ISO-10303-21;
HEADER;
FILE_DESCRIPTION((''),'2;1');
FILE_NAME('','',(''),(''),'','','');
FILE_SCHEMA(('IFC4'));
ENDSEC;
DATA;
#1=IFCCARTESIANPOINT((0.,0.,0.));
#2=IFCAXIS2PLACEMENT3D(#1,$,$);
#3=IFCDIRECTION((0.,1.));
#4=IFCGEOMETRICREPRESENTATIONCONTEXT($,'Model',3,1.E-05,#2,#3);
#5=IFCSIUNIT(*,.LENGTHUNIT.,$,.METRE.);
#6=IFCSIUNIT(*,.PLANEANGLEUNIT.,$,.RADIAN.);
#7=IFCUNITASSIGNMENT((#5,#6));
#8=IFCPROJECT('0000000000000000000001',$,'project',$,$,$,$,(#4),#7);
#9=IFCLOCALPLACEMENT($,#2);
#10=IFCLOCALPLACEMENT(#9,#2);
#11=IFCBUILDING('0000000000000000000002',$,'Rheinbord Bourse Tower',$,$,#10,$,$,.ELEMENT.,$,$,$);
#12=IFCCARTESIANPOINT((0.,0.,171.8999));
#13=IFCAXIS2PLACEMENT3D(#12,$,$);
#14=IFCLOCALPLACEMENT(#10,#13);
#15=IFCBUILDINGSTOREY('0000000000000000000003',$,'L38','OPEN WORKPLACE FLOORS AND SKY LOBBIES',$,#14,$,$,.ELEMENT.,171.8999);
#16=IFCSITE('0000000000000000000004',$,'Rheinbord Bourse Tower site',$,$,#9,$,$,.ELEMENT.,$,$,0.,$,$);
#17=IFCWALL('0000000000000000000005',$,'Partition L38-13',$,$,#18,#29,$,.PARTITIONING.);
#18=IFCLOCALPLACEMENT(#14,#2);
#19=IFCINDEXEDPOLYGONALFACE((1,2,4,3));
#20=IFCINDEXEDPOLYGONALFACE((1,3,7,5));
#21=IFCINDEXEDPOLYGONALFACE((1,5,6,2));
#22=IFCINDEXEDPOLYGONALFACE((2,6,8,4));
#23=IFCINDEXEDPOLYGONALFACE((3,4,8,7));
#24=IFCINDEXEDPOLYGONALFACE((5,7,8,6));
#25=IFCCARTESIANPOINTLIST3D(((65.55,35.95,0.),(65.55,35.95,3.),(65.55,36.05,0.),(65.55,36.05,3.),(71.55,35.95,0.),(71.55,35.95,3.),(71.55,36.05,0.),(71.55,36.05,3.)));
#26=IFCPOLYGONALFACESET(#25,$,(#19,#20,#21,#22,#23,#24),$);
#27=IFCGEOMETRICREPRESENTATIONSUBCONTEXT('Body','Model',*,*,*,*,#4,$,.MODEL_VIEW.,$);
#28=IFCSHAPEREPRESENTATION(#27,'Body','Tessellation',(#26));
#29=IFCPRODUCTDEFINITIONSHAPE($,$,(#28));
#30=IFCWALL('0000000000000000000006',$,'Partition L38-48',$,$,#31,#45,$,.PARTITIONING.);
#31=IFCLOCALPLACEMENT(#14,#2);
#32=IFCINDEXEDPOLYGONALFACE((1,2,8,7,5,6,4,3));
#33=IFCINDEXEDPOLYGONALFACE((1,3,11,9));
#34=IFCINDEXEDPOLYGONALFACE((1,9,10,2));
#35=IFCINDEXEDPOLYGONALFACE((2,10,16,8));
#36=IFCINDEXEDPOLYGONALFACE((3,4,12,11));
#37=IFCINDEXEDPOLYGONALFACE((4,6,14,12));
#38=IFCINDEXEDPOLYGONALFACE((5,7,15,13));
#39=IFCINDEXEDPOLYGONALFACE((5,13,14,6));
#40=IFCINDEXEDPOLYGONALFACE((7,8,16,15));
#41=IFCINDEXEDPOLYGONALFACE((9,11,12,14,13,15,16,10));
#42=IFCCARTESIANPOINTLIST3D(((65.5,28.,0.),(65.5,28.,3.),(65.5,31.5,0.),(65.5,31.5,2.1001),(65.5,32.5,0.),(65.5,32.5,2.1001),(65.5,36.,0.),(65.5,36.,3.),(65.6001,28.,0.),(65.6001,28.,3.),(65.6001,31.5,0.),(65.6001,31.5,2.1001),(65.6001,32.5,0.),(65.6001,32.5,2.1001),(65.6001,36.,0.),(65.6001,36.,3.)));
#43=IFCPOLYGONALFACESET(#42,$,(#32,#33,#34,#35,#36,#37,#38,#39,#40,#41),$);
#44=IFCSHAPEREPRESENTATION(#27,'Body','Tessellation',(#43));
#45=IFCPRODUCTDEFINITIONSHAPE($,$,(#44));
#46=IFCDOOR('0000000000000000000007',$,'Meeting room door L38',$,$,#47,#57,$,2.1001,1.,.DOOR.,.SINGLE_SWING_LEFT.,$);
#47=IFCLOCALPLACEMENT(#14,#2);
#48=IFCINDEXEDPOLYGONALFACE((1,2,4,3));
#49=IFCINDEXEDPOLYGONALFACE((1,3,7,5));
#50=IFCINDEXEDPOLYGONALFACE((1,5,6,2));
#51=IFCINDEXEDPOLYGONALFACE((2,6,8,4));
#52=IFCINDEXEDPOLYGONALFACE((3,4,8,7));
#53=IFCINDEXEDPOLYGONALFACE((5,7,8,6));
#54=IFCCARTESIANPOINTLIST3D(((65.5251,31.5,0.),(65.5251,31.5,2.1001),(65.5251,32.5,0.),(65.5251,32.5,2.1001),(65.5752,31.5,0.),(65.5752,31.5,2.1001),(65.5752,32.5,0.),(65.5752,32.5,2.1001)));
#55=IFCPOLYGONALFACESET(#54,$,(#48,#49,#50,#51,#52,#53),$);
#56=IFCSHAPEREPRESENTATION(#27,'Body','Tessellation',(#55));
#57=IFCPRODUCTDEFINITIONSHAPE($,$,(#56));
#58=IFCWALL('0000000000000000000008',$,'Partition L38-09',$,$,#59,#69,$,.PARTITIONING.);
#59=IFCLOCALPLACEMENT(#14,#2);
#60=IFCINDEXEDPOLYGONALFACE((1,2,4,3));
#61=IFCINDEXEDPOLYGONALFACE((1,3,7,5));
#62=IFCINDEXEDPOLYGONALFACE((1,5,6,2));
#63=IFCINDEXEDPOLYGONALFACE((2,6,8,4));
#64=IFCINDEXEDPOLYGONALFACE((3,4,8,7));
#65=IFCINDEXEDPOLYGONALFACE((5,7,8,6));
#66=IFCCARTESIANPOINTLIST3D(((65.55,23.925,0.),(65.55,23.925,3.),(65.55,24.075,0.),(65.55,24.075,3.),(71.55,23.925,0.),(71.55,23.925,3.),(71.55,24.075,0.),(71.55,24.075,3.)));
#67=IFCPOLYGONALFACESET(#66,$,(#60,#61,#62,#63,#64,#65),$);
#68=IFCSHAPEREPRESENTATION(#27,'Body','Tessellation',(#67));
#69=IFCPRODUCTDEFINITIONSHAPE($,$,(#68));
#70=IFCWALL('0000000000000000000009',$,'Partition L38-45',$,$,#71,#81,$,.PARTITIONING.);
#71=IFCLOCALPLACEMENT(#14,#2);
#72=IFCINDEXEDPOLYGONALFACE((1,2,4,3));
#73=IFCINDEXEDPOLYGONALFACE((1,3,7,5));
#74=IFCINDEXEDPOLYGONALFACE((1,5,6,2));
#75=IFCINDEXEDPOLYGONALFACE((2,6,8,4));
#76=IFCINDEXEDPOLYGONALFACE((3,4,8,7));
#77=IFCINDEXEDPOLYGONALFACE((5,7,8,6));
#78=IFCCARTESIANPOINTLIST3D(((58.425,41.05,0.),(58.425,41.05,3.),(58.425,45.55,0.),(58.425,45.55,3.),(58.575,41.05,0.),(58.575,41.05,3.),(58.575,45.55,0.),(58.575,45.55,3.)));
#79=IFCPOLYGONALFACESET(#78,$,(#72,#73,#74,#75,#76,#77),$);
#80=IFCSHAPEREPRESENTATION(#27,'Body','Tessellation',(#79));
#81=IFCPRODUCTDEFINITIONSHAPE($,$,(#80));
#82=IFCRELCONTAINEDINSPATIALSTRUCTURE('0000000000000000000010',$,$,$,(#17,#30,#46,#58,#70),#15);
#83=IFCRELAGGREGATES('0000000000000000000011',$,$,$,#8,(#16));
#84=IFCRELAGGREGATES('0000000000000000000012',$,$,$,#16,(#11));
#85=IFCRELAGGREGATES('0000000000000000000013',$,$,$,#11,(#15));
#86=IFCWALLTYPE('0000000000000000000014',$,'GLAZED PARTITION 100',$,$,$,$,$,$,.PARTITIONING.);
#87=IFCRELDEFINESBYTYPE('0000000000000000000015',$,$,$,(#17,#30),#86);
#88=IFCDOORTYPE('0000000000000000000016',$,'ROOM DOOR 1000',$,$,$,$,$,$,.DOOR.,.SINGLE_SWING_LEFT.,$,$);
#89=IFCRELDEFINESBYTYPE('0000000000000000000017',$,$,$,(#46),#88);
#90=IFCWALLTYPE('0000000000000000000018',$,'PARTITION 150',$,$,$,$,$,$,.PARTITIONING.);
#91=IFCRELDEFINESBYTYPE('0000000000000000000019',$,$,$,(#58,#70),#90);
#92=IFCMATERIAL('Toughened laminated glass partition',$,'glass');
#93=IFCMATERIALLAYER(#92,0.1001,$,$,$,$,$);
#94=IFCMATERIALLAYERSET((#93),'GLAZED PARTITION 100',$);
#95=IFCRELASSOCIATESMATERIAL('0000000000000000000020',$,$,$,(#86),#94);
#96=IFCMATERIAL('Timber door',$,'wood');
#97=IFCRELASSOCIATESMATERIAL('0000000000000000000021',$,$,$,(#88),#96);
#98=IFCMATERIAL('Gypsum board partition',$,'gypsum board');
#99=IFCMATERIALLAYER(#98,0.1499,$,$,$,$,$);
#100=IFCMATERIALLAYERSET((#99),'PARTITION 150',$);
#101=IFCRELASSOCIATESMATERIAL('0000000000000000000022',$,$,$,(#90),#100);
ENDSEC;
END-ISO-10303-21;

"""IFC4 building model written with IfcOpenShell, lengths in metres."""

from ifc_helpers import new_model, si_unit, direction, frame, frame_2d, origin, place, context, subcontext, project, spatial, rectangle, extrude, material, layer, layer_set, type_object, element, fill, save


model = new_model("IFC4")

# Units and contexts
model_context = context("Model", 3, precision=1e-05, world=origin(), true_north=direction((0.0, 1.0)))
body_context = subcontext(model_context, "Body", "Model", "MODEL_VIEW")
ifc_project = project(units=[si_unit("LENGTHUNIT", "METRE"), si_unit("PLANEANGLEUNIT", "RADIAN")], contexts=[model_context])

# Site, building, storey
site_placement = place(None, origin())
site = spatial("IfcSite", under=ifc_project, at=site_placement, Name="Rheinbord Bourse Tower site", CompositionType="ELEMENT", RefElevation=0.0)
building_placement = place(site_placement, origin())
building = spatial("IfcBuilding", under=site, at=building_placement, Name="Rheinbord Bourse Tower", CompositionType="ELEMENT")
storey_placement = place(building_placement, frame((0.0, 0.0, 171.8999)))
storey = spatial("IfcBuildingStorey", under=building, at=storey_placement, Name="L38", Description="OPEN WORKPLACE FLOORS AND SKY LOBBIES", CompositionType="ELEMENT", Elevation=171.8999)

# Wall
ifc_material_1 = material(Name="Toughened laminated glass partition", Category="glass")
ifc_layer_1 = layer(ifc_material_1, 0.1001)
ifc_layer_set_1 = layer_set([ifc_layer_1], Name="GLAZED PARTITION 100")
wall_type_1 = type_object("IfcWallType", Name="GLAZED PARTITION 100", PredefinedType="PARTITIONING", material=ifc_layer_set_1)
for number, where, z_axis, x_axis, name in (
    (1, (65.55, 36.0, 0.0), (0.0, 0.0, 1.0), (1.0, 0.0, 0.0), "Partition L38-13"),
):
    element("IfcWall", number, at=place(storey_placement, frame(where, z_axis=z_axis, x_axis=x_axis)), inside=storey, type_object=wall_type_1, Name=name, PredefinedType="PARTITIONING", context=body_context, shape_type="SweptSolid", body=[
        extrude(rectangle(XDim=6.0, YDim=0.1001, at=frame_2d((3.0, 0.0))), origin(), (0.0, 0.0, 1.0), 3.0),
    ])

# Wall, opening, door
wall_1_placement = place(storey_placement, frame((65.55, 28.0, 0.0), z_axis=(0.0, 0.0, 1.0), x_axis=(0.0, 1.0, 0.0)))
wall_1 = element("IfcWall", 2, at=wall_1_placement, inside=storey, type_object=wall_type_1, Name="Partition L38-48", PredefinedType="PARTITIONING", context=body_context, shape_type="SweptSolid", body=[
    extrude(rectangle(XDim=8.0, YDim=0.1001, at=frame_2d((4.0, 0.0))), origin(), (0.0, 0.0, 1.0), 3.0),
])
opening_placement = place(wall_1_placement, frame((3.5, 0.0, 0.0)))
opening = element("IfcOpeningElement", 3, at=opening_placement, cuts=wall_1, PredefinedType="OPENING", context=body_context, shape_type="SweptSolid", body=[
    extrude(rectangle(XDim=1.0, YDim=2.1001, at=frame_2d((0.5, 1.05))), frame((0.0, 0.0601, 0.0), z_axis=(0.0, -1.0, 0.0), x_axis=(1.0, 0.0, 0.0)), (0.0, 0.0, 1.0), 0.1201),
])
ifc_material_2 = material(Name="Timber door", Category="wood")
door_type = type_object("IfcDoorType", Name="ROOM DOOR 1000", OperationType="SINGLE_SWING_LEFT", PredefinedType="DOOR", material=ifc_material_2)
door_placement = place(opening_placement, origin())
door = element("IfcDoor", 4, at=door_placement, inside=storey, type_object=door_type, Name="Meeting room door L38", OperationType="SINGLE_SWING_LEFT", OverallHeight=2.1001, OverallWidth=1.0, PredefinedType="DOOR", context=body_context, shape_type="SweptSolid", body=[
    extrude(rectangle(XDim=1.0, YDim=2.1001, at=frame_2d((0.5, 1.05))), frame((0.0, 0.0249, 0.0), z_axis=(0.0, -1.0, 0.0), x_axis=(1.0, 0.0, 0.0)), (0.0, 0.0, 1.0), 0.05),
])
fill(opening, door)

# Walls
ifc_material_3 = material(Name="Gypsum board partition", Category="gypsum board")
ifc_layer_2 = layer(ifc_material_3, 0.1499)
ifc_layer_set_2 = layer_set([ifc_layer_2], Name="PARTITION 150")
wall_type_2 = type_object("IfcWallType", Name="PARTITION 150", PredefinedType="PARTITIONING", material=ifc_layer_set_2)
wall_2_placement = place(storey_placement, frame((65.55, 24.0, 0.0), z_axis=(0.0, 0.0, 1.0), x_axis=(1.0, 0.0, 0.0)))
element("IfcWall", 5, at=wall_2_placement, inside=storey, type_object=wall_type_2, Name="Partition L38-09", PredefinedType="PARTITIONING", context=body_context, shape_type="SweptSolid", body=[
    extrude(rectangle(XDim=6.0, YDim=0.1499, at=frame_2d((3.0, 0.0))), origin(), (0.0, 0.0, 1.0), 3.0),
])
wall_3_placement = place(storey_placement, frame((58.5, 41.05, 0.0), z_axis=(0.0, 0.0, 1.0), x_axis=(0.0, 1.0, 0.0)))
element("IfcWall", 6, at=wall_3_placement, inside=storey, type_object=wall_type_2, Name="Partition L38-45", PredefinedType="PARTITIONING", context=body_context, shape_type="SweptSolid", body=[
    extrude(rectangle(XDim=4.5, YDim=0.1499, at=frame_2d((2.25, 0.0))), origin(), (0.0, 0.0, 1.0), 3.0),
])

save(model, "model.ifc")
